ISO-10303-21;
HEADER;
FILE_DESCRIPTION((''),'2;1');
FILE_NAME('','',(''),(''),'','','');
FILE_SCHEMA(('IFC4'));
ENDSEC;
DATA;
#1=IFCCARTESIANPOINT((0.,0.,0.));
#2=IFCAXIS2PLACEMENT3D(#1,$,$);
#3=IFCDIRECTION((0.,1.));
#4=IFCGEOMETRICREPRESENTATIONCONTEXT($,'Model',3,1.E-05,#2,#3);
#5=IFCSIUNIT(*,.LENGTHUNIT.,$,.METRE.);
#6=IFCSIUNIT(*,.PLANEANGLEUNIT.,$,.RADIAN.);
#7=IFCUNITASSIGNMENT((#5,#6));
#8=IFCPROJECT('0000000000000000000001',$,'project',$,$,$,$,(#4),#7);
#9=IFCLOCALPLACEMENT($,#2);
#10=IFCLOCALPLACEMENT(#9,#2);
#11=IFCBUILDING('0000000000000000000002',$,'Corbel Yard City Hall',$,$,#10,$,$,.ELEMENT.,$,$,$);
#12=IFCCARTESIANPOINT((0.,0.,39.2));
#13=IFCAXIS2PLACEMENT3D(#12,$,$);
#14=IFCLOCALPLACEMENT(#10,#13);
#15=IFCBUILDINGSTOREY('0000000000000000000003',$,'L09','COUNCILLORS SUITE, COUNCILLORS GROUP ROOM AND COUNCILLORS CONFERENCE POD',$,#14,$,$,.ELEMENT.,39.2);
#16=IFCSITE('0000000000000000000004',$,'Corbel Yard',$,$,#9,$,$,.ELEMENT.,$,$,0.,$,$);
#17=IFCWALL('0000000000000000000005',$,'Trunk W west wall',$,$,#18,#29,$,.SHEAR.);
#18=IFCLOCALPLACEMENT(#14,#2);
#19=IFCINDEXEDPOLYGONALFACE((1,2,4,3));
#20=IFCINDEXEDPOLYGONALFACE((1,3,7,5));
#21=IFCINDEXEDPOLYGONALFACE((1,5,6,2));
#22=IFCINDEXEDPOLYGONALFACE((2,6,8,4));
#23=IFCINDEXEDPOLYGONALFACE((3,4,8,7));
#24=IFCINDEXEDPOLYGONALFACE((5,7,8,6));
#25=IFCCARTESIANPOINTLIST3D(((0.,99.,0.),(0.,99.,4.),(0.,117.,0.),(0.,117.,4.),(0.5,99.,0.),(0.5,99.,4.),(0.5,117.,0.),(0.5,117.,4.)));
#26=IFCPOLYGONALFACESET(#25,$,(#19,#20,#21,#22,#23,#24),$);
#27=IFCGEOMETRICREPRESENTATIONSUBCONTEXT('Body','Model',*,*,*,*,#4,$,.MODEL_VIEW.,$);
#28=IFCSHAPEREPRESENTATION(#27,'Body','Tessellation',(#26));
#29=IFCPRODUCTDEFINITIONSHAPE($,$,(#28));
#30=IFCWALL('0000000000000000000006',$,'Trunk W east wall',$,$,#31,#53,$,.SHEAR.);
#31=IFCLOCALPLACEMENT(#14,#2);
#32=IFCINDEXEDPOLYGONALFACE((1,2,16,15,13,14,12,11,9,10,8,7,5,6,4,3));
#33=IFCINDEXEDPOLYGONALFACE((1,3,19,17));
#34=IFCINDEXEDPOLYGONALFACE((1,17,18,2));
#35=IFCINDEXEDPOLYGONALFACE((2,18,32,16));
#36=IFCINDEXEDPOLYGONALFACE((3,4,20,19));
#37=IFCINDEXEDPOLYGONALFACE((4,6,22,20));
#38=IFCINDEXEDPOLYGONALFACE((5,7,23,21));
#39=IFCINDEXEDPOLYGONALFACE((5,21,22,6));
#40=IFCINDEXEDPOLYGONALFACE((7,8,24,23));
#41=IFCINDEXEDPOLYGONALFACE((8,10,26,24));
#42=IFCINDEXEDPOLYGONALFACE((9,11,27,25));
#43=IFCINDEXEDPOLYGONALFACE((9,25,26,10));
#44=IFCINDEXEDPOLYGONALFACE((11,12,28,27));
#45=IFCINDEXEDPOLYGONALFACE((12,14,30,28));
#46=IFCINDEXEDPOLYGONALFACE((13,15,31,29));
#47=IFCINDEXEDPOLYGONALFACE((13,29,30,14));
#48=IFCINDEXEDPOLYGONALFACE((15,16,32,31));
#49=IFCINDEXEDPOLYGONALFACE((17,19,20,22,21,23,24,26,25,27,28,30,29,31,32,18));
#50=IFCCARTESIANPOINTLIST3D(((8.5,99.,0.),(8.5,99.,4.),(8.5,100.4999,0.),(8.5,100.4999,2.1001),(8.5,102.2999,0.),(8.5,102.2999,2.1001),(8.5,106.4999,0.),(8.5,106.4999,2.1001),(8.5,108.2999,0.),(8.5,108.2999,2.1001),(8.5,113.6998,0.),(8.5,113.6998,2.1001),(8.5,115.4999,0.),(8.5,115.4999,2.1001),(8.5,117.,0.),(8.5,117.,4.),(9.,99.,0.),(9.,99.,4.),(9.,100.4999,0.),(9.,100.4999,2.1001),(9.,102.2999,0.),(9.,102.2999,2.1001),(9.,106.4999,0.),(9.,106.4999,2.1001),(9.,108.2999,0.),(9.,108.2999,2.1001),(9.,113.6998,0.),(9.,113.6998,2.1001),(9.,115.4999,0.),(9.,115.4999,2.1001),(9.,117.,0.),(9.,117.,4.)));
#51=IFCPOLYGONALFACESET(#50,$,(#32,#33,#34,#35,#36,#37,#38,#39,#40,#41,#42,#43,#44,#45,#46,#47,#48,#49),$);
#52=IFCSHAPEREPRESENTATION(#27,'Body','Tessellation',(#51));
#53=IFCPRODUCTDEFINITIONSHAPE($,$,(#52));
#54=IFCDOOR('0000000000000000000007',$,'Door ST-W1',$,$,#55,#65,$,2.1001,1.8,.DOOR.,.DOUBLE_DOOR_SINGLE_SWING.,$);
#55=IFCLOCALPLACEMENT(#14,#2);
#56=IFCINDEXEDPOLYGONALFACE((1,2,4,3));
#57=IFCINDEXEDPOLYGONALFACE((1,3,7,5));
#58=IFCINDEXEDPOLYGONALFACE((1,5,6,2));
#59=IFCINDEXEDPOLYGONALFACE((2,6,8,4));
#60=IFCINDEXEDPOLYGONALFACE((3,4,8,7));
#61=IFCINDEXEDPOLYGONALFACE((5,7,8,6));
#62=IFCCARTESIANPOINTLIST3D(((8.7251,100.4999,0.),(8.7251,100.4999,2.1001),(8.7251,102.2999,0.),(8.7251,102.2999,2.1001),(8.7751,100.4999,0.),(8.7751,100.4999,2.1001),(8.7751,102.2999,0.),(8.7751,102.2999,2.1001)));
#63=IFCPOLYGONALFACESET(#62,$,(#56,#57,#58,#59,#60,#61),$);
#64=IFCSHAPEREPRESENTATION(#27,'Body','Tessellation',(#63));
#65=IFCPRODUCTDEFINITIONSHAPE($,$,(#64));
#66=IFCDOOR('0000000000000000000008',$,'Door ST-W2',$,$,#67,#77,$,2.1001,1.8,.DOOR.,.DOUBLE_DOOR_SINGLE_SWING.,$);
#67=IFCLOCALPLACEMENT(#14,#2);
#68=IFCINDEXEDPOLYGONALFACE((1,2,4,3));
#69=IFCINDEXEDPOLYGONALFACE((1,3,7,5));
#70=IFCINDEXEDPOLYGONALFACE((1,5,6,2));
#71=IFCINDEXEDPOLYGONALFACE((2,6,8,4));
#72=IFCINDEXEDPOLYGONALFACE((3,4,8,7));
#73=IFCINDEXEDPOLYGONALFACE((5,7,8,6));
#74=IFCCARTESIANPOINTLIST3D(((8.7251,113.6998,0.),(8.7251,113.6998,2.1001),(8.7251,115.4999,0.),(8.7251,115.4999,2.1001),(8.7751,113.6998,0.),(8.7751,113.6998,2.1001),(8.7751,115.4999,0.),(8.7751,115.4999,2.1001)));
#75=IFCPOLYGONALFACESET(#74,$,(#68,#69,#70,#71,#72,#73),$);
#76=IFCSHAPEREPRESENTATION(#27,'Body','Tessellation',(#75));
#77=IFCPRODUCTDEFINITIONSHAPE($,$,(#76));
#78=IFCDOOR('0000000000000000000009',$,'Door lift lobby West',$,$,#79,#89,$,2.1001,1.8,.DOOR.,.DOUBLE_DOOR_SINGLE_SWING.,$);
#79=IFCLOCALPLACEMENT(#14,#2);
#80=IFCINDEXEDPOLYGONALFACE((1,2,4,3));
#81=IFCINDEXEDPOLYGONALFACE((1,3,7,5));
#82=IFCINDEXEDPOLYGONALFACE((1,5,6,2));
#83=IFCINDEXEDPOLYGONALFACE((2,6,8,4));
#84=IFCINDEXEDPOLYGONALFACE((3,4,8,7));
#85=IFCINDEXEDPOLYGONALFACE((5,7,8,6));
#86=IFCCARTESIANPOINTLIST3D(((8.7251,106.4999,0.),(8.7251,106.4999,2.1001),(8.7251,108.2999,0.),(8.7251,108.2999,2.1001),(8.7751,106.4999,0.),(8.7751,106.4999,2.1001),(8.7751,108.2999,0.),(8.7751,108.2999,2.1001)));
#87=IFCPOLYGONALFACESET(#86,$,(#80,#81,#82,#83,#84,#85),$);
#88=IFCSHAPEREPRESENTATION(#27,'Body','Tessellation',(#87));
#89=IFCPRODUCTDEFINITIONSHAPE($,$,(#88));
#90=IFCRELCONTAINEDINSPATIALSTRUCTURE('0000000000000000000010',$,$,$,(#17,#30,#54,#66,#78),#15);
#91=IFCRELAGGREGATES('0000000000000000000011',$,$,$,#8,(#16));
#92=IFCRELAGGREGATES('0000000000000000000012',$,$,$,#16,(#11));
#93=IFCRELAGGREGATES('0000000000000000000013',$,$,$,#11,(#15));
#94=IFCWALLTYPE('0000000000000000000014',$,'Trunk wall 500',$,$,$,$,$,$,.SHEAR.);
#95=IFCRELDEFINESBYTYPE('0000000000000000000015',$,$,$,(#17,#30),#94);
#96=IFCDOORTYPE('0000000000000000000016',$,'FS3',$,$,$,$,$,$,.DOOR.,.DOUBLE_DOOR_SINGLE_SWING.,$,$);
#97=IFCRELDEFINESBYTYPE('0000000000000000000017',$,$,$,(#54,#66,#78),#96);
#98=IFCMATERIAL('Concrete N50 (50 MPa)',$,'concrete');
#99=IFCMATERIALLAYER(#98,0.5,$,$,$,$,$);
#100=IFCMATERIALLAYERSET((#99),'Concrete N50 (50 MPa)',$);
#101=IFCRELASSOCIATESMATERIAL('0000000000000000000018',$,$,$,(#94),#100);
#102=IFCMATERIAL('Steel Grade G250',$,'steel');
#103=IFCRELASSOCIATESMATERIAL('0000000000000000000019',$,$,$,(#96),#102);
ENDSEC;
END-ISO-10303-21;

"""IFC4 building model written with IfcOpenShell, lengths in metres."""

from ifc_helpers import new_model, si_unit, direction, frame, frame_2d, origin, place, context, subcontext, project, spatial, rectangle, extrude, material, layer, layer_set, type_object, element, fill, save


model = new_model("IFC4")

# Units and contexts
model_context = context("Model", 3, precision=1e-05, world=origin(), true_north=direction((0.0, 1.0)))
body_context = subcontext(model_context, "Body", "Model", "MODEL_VIEW")
ifc_project = project(units=[si_unit("LENGTHUNIT", "METRE"), si_unit("PLANEANGLEUNIT", "RADIAN")], contexts=[model_context])

# Site, building, storey
site_placement = place(None, origin())
site = spatial("IfcSite", under=ifc_project, at=site_placement, Name="Corbel Yard", CompositionType="ELEMENT", RefElevation=0.0)
building_placement = place(site_placement, origin())
building = spatial("IfcBuilding", under=site, at=building_placement, Name="Corbel Yard City Hall", CompositionType="ELEMENT")
storey_placement = place(building_placement, frame((0.0, 0.0, 39.2)))
storey = spatial("IfcBuildingStorey", under=building, at=storey_placement, Name="L09", Description="COUNCILLORS SUITE, COUNCILLORS GROUP ROOM AND COUNCILLORS CONFERENCE POD", CompositionType="ELEMENT", Elevation=39.2)

# Wall
ifc_material_1 = material(Name="Concrete N50 (50 MPa)", Category="concrete")
ifc_layer_1 = layer(ifc_material_1, 0.5)
ifc_layer_set_1 = layer_set([ifc_layer_1], Name="Concrete N50 (50 MPa)")
wall_type_1 = type_object("IfcWallType", Name="Trunk wall 500", PredefinedType="SHEAR", material=ifc_layer_set_1)
wall_1_placement = place(storey_placement, frame((0.25, 99.0, 0.0), z_axis=(0.0, 0.0, 1.0), x_axis=(0.0, 1.0, 0.0)))
element("IfcWall", 1, at=wall_1_placement, inside=storey, type_object=wall_type_1, Name="Trunk W west wall", PredefinedType="SHEAR", context=body_context, shape_type="SweptSolid", body=[
    extrude(rectangle(XDim=18.0, YDim=0.5, at=frame_2d((9.0, 0.0))), origin(), (0.0, 0.0, 1.0), 4.0),
])

# Wall, openings, doors
wall_2_placement = place(storey_placement, frame((8.75, 99.0, 0.0), z_axis=(0.0, 0.0, 1.0), x_axis=(0.0, 1.0, 0.0)))
wall_2 = element("IfcWall", 2, at=wall_2_placement, inside=storey, type_object=wall_type_1, Name="Trunk W east wall", PredefinedType="SHEAR", context=body_context, shape_type="SweptSolid", body=[
    extrude(rectangle(XDim=18.0, YDim=0.5, at=frame_2d((9.0, 0.0))), origin(), (0.0, 0.0, 1.0), 4.0),
])
opening_1_placement = place(wall_2_placement, frame((1.5, 0.0, 0.0)))
opening_1 = element("IfcOpeningElement", 3, at=opening_1_placement, cuts=wall_2, PredefinedType="OPENING", context=body_context, shape_type="SweptSolid", body=[
    extrude(rectangle(XDim=1.8, YDim=2.1001, at=frame_2d((0.8999, 1.05))), frame((0.0, 0.26, 0.0), z_axis=(0.0, -1.0, 0.0), x_axis=(1.0, 0.0, 0.0)), (0.0, 0.0, 1.0), 0.52),
])
opening_2_placement = place(wall_2_placement, frame((14.7, 0.0, 0.0)))
opening_2 = element("IfcOpeningElement", 4, at=opening_2_placement, cuts=wall_2, PredefinedType="OPENING", context=body_context, shape_type="SweptSolid", body=[
    extrude(rectangle(XDim=1.8, YDim=2.1001, at=frame_2d((0.8999, 1.05))), frame((0.0, 0.26, 0.0), z_axis=(0.0, -1.0, 0.0), x_axis=(1.0, 0.0, 0.0)), (0.0, 0.0, 1.0), 0.52),
])
opening_3_placement = place(wall_2_placement, frame((7.5, 0.0, 0.0)))
opening_3 = element("IfcOpeningElement", 5, at=opening_3_placement, cuts=wall_2, PredefinedType="OPENING", context=body_context, shape_type="SweptSolid", body=[
    extrude(rectangle(XDim=1.8, YDim=2.1001, at=frame_2d((0.8999, 1.05))), frame((0.0, 0.26, 0.0), z_axis=(0.0, -1.0, 0.0), x_axis=(1.0, 0.0, 0.0)), (0.0, 0.0, 1.0), 0.52),
])
ifc_material_2 = material(Name="Steel Grade G250", Category="steel")
door_type_1 = type_object("IfcDoorType", Name="FS3", OperationType="DOUBLE_DOOR_SINGLE_SWING", PredefinedType="DOOR", material=ifc_material_2)
door_1_placement = place(opening_1_placement, origin())
door_1 = element("IfcDoor", 6, at=door_1_placement, inside=storey, type_object=door_type_1, Name="Door ST-W1", OperationType="DOUBLE_DOOR_SINGLE_SWING", OverallHeight=2.1001, OverallWidth=1.8, PredefinedType="DOOR", context=body_context, shape_type="SweptSolid", body=[
    extrude(rectangle(XDim=1.8, YDim=2.1001, at=frame_2d((0.8999, 1.05))), frame((0.0, 0.0249, 0.0), z_axis=(0.0, -1.0, 0.0), x_axis=(1.0, 0.0, 0.0)), (0.0, 0.0, 1.0), 0.05),
])
fill(opening_1, door_1)
door_2_placement = place(opening_2_placement, origin())
door_2 = element("IfcDoor", 7, at=door_2_placement, inside=storey, type_object=door_type_1, Name="Door ST-W2", OperationType="DOUBLE_DOOR_SINGLE_SWING", OverallHeight=2.1001, OverallWidth=1.8, PredefinedType="DOOR", context=body_context, shape_type="SweptSolid", body=[
    extrude(rectangle(XDim=1.8, YDim=2.1001, at=frame_2d((0.8999, 1.05))), frame((0.0, 0.0249, 0.0), z_axis=(0.0, -1.0, 0.0), x_axis=(1.0, 0.0, 0.0)), (0.0, 0.0, 1.0), 0.05),
])
fill(opening_2, door_2)
door_3_placement = place(opening_3_placement, origin())
door_3 = element("IfcDoor", 8, at=door_3_placement, inside=storey, type_object=door_type_1, Name="Door lift lobby West", OperationType="DOUBLE_DOOR_SINGLE_SWING", OverallHeight=2.1001, OverallWidth=1.8, PredefinedType="DOOR", context=body_context, shape_type="SweptSolid", body=[
    extrude(rectangle(XDim=1.8, YDim=2.1001, at=frame_2d((0.8999, 1.05))), frame((0.0, 0.0249, 0.0), z_axis=(0.0, -1.0, 0.0), x_axis=(1.0, 0.0, 0.0)), (0.0, 0.0, 1.0), 0.05),
])
fill(opening_3, door_3)

save(model, "model.ifc")
